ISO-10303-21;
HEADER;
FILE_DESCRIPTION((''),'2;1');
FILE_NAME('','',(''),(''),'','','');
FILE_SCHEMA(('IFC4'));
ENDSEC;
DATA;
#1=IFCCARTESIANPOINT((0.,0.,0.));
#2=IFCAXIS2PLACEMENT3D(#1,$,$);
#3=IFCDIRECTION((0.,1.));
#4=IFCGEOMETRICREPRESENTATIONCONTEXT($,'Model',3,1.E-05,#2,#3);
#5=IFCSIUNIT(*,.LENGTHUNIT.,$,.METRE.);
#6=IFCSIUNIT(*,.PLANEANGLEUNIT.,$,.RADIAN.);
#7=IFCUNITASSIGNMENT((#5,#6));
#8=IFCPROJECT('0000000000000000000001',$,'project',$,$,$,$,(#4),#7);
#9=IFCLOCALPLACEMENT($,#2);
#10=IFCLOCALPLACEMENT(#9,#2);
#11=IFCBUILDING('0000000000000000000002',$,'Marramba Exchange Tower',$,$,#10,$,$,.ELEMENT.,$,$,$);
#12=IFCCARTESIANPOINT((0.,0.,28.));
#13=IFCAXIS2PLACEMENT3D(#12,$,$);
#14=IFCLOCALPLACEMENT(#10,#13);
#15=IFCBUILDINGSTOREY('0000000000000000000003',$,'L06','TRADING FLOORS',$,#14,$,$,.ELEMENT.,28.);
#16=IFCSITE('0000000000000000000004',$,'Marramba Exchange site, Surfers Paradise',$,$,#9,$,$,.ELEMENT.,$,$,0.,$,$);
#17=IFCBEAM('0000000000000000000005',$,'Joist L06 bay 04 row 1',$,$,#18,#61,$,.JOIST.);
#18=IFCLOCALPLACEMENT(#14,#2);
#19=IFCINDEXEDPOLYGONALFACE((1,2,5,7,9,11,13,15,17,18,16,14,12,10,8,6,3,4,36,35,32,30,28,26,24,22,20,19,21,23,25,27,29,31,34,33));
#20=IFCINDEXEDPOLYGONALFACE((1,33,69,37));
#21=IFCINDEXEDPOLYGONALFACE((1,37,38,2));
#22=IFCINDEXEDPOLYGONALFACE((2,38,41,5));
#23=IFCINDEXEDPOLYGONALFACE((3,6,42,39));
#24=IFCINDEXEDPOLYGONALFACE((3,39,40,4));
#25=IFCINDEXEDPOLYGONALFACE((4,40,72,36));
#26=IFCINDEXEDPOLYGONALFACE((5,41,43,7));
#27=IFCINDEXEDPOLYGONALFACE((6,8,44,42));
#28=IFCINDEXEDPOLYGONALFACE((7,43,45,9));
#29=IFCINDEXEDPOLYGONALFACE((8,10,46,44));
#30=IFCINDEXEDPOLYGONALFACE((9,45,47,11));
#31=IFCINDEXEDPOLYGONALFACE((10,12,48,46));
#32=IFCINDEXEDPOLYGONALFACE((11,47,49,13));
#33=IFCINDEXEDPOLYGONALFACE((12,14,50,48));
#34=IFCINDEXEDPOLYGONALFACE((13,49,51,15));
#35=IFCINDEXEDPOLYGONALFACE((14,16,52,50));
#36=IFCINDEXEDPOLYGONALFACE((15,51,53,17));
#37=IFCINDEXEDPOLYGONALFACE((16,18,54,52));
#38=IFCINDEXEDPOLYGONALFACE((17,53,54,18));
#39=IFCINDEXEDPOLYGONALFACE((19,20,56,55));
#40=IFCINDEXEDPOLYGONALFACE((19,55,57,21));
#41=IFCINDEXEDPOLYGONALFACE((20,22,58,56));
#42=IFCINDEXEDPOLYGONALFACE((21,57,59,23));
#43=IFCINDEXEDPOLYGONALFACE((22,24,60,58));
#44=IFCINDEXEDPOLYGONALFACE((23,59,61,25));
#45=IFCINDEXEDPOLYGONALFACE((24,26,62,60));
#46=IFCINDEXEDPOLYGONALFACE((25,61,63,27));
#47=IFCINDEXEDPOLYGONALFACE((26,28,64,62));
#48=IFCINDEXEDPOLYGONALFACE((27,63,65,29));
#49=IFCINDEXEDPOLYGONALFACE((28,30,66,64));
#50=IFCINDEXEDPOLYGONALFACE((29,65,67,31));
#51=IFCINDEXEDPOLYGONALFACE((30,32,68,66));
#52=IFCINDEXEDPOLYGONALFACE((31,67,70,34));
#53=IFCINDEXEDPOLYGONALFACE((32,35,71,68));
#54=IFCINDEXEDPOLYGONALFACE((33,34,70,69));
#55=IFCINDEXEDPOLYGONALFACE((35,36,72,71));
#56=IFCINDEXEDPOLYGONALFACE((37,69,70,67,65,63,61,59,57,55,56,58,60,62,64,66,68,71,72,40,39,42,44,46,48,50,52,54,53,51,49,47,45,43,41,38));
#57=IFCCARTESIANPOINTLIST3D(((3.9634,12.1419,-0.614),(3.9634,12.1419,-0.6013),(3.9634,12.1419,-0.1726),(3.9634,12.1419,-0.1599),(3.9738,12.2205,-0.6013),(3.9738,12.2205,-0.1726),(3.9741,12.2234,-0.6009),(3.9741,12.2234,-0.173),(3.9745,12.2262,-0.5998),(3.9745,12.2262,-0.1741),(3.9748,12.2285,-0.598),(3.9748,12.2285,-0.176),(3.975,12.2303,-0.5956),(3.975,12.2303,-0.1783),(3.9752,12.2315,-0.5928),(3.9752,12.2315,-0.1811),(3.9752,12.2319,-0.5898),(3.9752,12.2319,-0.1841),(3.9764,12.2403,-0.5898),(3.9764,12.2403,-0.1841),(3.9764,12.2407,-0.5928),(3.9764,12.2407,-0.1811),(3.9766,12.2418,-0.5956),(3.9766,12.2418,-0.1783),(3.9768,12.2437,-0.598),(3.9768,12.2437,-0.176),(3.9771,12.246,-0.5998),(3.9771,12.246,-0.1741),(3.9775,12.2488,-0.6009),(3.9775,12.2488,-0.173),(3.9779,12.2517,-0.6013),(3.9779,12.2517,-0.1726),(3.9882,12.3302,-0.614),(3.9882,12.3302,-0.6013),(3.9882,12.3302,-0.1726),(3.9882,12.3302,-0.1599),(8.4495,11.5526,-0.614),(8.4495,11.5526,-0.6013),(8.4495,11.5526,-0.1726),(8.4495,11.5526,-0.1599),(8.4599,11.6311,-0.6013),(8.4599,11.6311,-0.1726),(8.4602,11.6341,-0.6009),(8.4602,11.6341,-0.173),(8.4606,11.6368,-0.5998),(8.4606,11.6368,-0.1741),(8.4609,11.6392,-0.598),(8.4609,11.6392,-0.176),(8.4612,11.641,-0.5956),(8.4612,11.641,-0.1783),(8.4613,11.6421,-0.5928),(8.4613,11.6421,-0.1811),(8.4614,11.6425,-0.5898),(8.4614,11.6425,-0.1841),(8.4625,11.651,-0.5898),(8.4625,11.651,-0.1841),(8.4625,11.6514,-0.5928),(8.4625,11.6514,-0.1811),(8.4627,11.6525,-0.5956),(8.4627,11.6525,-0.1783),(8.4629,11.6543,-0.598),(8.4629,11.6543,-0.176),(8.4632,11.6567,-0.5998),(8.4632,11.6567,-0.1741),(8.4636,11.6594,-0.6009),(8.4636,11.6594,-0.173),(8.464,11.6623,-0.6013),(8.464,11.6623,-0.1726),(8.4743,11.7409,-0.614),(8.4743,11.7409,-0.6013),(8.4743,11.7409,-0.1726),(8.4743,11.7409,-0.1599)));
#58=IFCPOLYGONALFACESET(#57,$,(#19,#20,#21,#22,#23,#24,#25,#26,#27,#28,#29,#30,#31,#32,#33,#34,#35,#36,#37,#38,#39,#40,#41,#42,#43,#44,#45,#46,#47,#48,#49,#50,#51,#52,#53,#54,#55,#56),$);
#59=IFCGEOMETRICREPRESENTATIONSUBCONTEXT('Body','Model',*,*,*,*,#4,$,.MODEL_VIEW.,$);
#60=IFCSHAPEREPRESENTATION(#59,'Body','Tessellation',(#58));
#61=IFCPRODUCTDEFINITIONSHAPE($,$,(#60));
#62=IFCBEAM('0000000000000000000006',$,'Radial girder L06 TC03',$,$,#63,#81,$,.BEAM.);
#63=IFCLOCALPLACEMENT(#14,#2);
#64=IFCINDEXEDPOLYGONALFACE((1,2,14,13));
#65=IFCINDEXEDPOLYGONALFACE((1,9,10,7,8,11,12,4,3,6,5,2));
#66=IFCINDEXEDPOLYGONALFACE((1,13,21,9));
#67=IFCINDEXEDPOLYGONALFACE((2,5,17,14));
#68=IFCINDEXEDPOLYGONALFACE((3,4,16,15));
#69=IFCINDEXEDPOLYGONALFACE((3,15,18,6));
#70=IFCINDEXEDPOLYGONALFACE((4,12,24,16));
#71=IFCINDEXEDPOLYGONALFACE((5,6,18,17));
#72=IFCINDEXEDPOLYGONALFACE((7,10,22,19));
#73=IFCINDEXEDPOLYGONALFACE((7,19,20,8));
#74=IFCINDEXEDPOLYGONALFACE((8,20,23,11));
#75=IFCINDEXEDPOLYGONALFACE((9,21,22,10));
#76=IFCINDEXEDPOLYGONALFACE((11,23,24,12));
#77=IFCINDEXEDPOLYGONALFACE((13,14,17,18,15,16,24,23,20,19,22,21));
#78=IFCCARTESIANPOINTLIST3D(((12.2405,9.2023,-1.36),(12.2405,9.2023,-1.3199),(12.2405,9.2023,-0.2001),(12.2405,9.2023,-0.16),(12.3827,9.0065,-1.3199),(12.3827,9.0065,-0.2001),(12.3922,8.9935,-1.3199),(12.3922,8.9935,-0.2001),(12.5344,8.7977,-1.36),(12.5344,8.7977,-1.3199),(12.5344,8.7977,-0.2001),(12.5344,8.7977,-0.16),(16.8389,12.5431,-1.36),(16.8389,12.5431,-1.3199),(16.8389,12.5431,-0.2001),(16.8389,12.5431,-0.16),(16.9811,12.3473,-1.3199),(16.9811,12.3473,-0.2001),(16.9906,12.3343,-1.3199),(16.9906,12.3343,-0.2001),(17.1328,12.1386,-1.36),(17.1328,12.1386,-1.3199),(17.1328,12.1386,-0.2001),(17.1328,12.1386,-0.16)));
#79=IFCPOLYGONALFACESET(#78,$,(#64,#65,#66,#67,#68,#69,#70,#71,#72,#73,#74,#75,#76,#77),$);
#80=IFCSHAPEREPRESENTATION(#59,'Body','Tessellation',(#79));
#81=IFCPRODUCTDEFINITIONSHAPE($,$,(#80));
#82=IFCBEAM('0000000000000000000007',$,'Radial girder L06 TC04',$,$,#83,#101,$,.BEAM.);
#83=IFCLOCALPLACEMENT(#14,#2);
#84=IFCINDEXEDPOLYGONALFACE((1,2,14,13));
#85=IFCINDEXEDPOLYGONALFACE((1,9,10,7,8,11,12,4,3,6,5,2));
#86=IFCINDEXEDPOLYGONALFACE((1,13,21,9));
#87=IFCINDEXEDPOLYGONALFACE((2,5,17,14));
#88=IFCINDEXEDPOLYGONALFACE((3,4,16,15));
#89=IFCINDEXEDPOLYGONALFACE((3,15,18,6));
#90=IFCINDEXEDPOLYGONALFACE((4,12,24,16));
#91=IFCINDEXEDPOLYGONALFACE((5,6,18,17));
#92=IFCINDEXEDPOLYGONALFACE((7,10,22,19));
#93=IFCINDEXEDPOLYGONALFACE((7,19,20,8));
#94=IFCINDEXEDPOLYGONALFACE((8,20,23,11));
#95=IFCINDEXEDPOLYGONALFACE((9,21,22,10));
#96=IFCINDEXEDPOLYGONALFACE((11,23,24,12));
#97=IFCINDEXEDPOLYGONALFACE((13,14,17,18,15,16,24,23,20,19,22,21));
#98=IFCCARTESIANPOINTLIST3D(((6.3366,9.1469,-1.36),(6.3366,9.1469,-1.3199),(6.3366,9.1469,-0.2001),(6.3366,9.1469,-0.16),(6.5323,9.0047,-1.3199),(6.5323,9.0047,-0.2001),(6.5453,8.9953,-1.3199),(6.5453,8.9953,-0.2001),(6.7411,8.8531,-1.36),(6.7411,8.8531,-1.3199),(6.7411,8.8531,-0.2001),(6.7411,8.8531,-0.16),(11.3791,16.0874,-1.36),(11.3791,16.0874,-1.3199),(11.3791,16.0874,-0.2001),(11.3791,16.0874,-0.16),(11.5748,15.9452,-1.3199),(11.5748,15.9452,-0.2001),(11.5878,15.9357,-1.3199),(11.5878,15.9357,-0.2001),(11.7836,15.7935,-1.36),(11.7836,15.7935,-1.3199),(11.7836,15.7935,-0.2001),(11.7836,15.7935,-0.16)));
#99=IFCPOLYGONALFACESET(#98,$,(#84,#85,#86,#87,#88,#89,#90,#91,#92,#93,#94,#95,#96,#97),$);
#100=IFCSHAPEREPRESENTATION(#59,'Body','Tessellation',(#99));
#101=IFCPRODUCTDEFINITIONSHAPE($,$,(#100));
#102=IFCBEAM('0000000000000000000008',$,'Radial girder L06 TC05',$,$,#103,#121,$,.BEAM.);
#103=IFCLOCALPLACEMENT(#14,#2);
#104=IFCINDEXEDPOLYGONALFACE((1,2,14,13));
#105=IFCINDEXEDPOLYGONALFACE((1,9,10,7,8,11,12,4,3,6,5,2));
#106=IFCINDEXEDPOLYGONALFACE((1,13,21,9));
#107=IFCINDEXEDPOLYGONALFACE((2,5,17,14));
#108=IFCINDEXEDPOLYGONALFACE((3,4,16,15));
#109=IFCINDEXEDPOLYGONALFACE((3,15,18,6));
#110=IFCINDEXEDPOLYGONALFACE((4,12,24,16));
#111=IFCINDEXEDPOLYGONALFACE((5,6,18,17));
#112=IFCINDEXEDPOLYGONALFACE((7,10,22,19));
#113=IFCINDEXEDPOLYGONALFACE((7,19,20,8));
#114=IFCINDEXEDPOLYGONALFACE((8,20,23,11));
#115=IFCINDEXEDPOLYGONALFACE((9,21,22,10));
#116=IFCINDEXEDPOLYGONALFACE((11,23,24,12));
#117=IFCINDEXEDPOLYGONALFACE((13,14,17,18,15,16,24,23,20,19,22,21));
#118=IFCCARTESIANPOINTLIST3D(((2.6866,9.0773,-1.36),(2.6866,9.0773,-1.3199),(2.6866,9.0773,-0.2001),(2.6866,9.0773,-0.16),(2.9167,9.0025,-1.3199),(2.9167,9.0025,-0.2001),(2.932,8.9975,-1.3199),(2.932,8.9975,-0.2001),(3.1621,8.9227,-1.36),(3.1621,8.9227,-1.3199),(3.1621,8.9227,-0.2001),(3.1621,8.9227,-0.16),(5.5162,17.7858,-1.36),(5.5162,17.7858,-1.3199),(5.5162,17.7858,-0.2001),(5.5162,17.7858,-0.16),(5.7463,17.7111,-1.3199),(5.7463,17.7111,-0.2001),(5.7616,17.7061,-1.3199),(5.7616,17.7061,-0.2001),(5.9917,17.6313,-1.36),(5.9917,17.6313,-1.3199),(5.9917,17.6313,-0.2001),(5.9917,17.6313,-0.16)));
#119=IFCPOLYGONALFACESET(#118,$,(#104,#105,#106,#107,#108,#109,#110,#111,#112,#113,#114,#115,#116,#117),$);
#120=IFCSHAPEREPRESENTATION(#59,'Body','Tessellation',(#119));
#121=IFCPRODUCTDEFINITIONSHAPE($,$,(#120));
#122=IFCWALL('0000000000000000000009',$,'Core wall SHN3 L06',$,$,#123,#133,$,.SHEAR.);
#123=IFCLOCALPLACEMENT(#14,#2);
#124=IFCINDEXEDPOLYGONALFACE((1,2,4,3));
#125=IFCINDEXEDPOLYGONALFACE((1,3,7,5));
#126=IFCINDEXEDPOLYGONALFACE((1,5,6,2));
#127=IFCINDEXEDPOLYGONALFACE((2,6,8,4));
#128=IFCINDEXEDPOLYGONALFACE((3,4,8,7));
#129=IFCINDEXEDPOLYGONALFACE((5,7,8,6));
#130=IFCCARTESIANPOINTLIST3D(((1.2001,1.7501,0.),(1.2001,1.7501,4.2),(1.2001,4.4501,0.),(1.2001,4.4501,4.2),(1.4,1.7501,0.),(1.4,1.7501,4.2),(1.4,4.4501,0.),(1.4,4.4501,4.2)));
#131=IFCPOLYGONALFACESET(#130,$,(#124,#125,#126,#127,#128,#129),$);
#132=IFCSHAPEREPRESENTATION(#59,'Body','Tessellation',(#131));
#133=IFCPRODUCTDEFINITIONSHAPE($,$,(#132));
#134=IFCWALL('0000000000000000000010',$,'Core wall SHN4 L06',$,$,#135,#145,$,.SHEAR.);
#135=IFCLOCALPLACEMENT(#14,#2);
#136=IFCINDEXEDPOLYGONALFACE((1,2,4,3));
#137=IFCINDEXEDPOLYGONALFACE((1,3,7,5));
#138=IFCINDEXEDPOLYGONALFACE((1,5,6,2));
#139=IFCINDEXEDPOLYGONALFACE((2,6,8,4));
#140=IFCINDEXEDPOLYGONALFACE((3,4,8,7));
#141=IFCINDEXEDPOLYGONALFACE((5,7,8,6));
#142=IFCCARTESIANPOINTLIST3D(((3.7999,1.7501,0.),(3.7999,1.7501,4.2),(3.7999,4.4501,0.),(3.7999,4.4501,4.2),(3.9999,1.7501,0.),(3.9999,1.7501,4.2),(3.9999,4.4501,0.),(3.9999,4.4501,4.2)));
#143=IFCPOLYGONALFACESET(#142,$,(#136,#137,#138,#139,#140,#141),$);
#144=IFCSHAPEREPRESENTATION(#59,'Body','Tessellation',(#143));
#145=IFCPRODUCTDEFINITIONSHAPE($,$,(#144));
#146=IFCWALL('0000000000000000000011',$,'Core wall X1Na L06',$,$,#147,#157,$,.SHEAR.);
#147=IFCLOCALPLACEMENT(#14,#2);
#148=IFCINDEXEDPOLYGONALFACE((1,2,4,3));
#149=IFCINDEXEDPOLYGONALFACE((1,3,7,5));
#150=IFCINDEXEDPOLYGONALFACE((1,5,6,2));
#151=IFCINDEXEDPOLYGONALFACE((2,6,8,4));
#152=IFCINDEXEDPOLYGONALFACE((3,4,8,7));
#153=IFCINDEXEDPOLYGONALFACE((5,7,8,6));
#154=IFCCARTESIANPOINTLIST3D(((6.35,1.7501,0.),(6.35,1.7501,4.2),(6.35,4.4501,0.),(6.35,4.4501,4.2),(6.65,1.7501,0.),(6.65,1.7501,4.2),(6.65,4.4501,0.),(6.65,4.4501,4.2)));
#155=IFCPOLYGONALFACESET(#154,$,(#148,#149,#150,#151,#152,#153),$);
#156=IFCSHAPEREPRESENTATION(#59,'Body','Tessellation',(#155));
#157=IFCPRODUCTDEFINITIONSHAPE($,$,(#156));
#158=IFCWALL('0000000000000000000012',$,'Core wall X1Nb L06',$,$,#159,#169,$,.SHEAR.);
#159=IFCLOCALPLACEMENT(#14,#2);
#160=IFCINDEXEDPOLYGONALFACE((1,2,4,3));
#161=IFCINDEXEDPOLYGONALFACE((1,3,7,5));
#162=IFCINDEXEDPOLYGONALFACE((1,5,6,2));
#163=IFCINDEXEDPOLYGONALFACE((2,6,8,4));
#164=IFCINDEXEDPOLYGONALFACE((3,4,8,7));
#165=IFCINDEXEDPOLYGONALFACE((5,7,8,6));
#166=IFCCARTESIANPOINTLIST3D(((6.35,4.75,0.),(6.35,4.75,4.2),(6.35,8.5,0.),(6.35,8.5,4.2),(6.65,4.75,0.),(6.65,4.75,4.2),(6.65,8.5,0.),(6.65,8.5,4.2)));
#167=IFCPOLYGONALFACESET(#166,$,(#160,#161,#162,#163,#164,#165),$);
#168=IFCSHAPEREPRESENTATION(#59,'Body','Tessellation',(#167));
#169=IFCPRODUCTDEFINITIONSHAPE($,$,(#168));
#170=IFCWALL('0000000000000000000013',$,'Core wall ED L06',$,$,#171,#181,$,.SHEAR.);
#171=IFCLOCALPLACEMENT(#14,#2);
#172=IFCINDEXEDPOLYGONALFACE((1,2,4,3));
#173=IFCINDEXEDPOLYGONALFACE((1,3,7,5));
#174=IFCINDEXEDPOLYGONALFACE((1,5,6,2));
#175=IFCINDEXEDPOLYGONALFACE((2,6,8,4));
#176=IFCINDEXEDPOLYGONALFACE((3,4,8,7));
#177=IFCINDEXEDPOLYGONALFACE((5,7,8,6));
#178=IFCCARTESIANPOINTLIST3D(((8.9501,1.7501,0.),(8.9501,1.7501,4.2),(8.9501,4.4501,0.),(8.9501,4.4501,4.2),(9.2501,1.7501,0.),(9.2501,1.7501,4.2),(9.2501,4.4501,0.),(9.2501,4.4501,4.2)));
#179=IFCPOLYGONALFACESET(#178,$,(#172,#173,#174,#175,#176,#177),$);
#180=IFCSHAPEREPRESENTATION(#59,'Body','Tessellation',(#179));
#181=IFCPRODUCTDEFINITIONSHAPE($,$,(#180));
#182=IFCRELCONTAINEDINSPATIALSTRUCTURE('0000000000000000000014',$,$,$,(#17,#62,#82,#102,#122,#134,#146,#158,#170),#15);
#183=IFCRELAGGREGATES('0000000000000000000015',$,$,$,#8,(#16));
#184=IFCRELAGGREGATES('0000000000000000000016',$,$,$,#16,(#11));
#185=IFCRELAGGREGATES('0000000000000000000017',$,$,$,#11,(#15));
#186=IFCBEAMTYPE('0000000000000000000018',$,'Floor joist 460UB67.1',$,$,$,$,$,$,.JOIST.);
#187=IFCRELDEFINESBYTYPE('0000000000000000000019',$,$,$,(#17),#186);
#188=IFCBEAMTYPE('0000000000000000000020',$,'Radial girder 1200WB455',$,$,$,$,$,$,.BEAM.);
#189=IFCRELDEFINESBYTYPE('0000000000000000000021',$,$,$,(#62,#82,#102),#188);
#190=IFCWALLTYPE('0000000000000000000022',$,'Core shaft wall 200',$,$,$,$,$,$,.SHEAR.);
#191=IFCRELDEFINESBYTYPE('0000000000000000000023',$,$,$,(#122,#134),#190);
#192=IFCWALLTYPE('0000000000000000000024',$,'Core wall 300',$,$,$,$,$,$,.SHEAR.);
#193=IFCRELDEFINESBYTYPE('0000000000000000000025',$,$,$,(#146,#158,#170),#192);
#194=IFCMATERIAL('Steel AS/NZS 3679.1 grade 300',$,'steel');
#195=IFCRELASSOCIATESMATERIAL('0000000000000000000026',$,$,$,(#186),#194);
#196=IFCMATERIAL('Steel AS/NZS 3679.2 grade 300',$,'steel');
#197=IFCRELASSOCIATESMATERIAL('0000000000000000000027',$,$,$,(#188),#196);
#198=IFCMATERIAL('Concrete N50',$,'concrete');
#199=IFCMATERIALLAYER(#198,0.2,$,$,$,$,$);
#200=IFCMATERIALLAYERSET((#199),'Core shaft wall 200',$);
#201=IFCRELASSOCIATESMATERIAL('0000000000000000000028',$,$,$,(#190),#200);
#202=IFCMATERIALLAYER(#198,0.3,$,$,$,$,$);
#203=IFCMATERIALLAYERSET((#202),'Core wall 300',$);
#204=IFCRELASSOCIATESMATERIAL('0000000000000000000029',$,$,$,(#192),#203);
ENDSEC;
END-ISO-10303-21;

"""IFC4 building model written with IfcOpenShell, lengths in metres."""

from ifc_helpers import new_model, si_unit, direction, frame, frame_2d, origin, origin_2d, place, context, subcontext, project, spatial, rectangle, i_section, extrude, material, layer, layer_set, material_profile, profile_set, type_object, element, save


model = new_model("IFC4")

# Units and contexts
model_context = context("Model", 3, precision=1e-05, world=origin(), true_north=direction((0.0, 1.0)))
body_context = subcontext(model_context, "Body", "Model", "MODEL_VIEW")
ifc_project = project(units=[si_unit("LENGTHUNIT", "METRE"), si_unit("PLANEANGLEUNIT", "RADIAN")], contexts=[model_context])

# Site, building, storey
site_placement = place(None, origin())
site = spatial("IfcSite", under=ifc_project, at=site_placement, Name="Marramba Exchange site, Surfers Paradise", CompositionType="ELEMENT", RefElevation=0.0)
building_placement = place(site_placement, origin())
building = spatial("IfcBuilding", under=site, at=building_placement, Name="Marramba Exchange Tower", CompositionType="ELEMENT")
storey_placement = place(building_placement, frame((0.0, 0.0, 28.0)))
storey = spatial("IfcBuildingStorey", under=building, at=storey_placement, Name="L06", Description="TRADING FLOORS", CompositionType="ELEMENT", Elevation=28.0)

# Beams
ifc_material_1 = material(Name="Steel AS/NZS 3679.1 grade 300", Category="steel")
ifc_material_profile_1 = material_profile(ifc_material_1, i_section(OverallWidth=0.1899, OverallDepth=0.4541, WebThickness=0.0085, FlangeThickness=0.0127, FilletRadius=0.0115, at=origin_2d()), Name="460UB67.1")
ifc_profile_set_1 = profile_set([ifc_material_profile_1], Name="Steel AS/NZS 3679.1 grade 300")
beam_type_1 = type_object("IfcBeamType", Name="Floor joist 460UB67.1", PredefinedType="JOIST", material=ifc_profile_set_1)
beam_1_placement = place(storey_placement, frame((8.4619, 11.6467, -0.387), z_axis=(-0.991481, 0.130255, 0.0), x_axis=(-0.130255, -0.991481, 0.0)))
element("IfcBeam", 1, at=beam_1_placement, inside=storey, type_object=beam_type_1, Name="Joist L06 bay 04 row 1", PredefinedType="JOIST", context=body_context, shape_type="SweptSolid", body=[
    extrude(i_section(OverallWidth=0.1899, OverallDepth=0.4541, WebThickness=0.0085, FlangeThickness=0.0127, FilletRadius=0.0115, at=origin_2d()), origin(), (0.0, 0.0, 1.0), 4.5247),
])
ifc_material_2 = material(Name="Steel AS/NZS 3679.2 grade 300", Category="steel")
ifc_material_profile_2 = material_profile(ifc_material_2, i_section(OverallWidth=0.5, OverallDepth=1.2, WebThickness=0.0161, FlangeThickness=0.04, at=origin_2d()), Name="1200WB455")
ifc_profile_set_2 = profile_set([ifc_material_profile_2], Name="Steel AS/NZS 3679.2 grade 300")
beam_type_2 = type_object("IfcBeamType", Name="Radial girder 1200WB455", PredefinedType="BEAM", material=ifc_profile_set_2)
beam_2_placement = place(storey_placement, frame((12.3875, 9.0, -0.76), z_axis=(0.809026, 0.587773, 0.0), x_axis=(-0.587773, 0.809026, 0.0)))
element("IfcBeam", 2, at=beam_2_placement, inside=storey, type_object=beam_type_2, Name="Radial girder L06 TC03", PredefinedType="BEAM", context=body_context, shape_type="SweptSolid", body=[
    extrude(i_section(OverallWidth=0.5, OverallDepth=1.2, WebThickness=0.0161, FlangeThickness=0.04, at=origin_2d()), origin(), (0.0, 0.0, 1.0), 5.6838),
])
beam_3_placement = place(storey_placement, frame((6.5388, 9.0, -0.76), z_axis=(0.587782, 0.809019, 0.0), x_axis=(-0.809019, 0.587782, 0.0)))
element("IfcBeam", 3, at=beam_3_placement, inside=storey, type_object=beam_type_2, Name="Radial girder L06 TC04", PredefinedType="BEAM", context=body_context, shape_type="SweptSolid", body=[
    extrude(i_section(OverallWidth=0.5, OverallDepth=1.2, WebThickness=0.0161, FlangeThickness=0.04, at=origin_2d()), origin(), (0.0, 0.0, 1.0), 8.5789),
])
beam_4_placement = place(storey_placement, frame((2.9243, 9.0, -0.76), z_axis=(0.30902, 0.951056, 0.0), x_axis=(-0.951056, 0.30902, 0.0)))
element("IfcBeam", 4, at=beam_4_placement, inside=storey, type_object=beam_type_2, Name="Radial girder L06 TC05", PredefinedType="BEAM", context=body_context, shape_type="SweptSolid", body=[
    extrude(i_section(OverallWidth=0.5, OverallDepth=1.2, WebThickness=0.0161, FlangeThickness=0.04, at=origin_2d()), origin(), (0.0, 0.0, 1.0), 9.1567),
])

# Walls
ifc_material_3 = material(Name="Concrete N50", Category="concrete")
ifc_layer_1 = layer(ifc_material_3, 0.2)
ifc_layer_set_1 = layer_set([ifc_layer_1], Name="Core shaft wall 200")
wall_type_1 = type_object("IfcWallType", Name="Core shaft wall 200", PredefinedType="SHEAR", material=ifc_layer_set_1)
for number, where, z_axis, x_axis, name in (
    (5, (1.3, 1.75, 0.0), (0.0, 0.0, 1.0), (0.0, 1.0, 0.0), "Core wall SHN3 L06"),
    (6, (3.8999, 1.75, 0.0), (0.0, 0.0, 1.0), (0.0, 1.0, 0.0), "Core wall SHN4 L06"),
):
    element("IfcWall", number, at=place(storey_placement, frame(where, z_axis=z_axis, x_axis=x_axis)), inside=storey, type_object=wall_type_1, Name=name, PredefinedType="SHEAR", context=body_context, shape_type="SweptSolid", body=[
        extrude(rectangle(XDim=2.7, YDim=0.2, at=frame_2d((1.3501, 0.0))), origin(), (0.0, 0.0, 1.0), 4.2),
    ])
ifc_layer_2 = layer(ifc_material_3, 0.3)
ifc_layer_set_2 = layer_set([ifc_layer_2], Name="Core wall 300")
wall_type_2 = type_object("IfcWallType", Name="Core wall 300", PredefinedType="SHEAR", material=ifc_layer_set_2)
wall_1_placement = place(storey_placement, frame((6.5, 1.75, 0.0), z_axis=(0.0, 0.0, 1.0), x_axis=(0.0, 1.0, 0.0)))
element("IfcWall", 7, at=wall_1_placement, inside=storey, type_object=wall_type_2, Name="Core wall X1Na L06", PredefinedType="SHEAR", context=body_context, shape_type="SweptSolid", body=[
    extrude(rectangle(XDim=2.7, YDim=0.3, at=frame_2d((1.3501, 0.0))), origin(), (0.0, 0.0, 1.0), 4.2),
])
wall_2_placement = place(storey_placement, frame((6.5, 4.75, 0.0), z_axis=(0.0, 0.0, 1.0), x_axis=(0.0, 1.0, 0.0)))
element("IfcWall", 8, at=wall_2_placement, inside=storey, type_object=wall_type_2, Name="Core wall X1Nb L06", PredefinedType="SHEAR", context=body_context, shape_type="SweptSolid", body=[
    extrude(rectangle(XDim=3.75, YDim=0.3, at=frame_2d((1.875, 0.0))), origin(), (0.0, 0.0, 1.0), 4.2),
])
wall_3_placement = place(storey_placement, frame((9.1001, 1.75, 0.0), z_axis=(0.0, 0.0, 1.0), x_axis=(0.0, 1.0, 0.0)))
element("IfcWall", 9, at=wall_3_placement, inside=storey, type_object=wall_type_2, Name="Core wall ED L06", PredefinedType="SHEAR", context=body_context, shape_type="SweptSolid", body=[
    extrude(rectangle(XDim=2.7, YDim=0.3, at=frame_2d((1.3501, 0.0))), origin(), (0.0, 0.0, 1.0), 4.2),
])

save(model, "model.ifc")
